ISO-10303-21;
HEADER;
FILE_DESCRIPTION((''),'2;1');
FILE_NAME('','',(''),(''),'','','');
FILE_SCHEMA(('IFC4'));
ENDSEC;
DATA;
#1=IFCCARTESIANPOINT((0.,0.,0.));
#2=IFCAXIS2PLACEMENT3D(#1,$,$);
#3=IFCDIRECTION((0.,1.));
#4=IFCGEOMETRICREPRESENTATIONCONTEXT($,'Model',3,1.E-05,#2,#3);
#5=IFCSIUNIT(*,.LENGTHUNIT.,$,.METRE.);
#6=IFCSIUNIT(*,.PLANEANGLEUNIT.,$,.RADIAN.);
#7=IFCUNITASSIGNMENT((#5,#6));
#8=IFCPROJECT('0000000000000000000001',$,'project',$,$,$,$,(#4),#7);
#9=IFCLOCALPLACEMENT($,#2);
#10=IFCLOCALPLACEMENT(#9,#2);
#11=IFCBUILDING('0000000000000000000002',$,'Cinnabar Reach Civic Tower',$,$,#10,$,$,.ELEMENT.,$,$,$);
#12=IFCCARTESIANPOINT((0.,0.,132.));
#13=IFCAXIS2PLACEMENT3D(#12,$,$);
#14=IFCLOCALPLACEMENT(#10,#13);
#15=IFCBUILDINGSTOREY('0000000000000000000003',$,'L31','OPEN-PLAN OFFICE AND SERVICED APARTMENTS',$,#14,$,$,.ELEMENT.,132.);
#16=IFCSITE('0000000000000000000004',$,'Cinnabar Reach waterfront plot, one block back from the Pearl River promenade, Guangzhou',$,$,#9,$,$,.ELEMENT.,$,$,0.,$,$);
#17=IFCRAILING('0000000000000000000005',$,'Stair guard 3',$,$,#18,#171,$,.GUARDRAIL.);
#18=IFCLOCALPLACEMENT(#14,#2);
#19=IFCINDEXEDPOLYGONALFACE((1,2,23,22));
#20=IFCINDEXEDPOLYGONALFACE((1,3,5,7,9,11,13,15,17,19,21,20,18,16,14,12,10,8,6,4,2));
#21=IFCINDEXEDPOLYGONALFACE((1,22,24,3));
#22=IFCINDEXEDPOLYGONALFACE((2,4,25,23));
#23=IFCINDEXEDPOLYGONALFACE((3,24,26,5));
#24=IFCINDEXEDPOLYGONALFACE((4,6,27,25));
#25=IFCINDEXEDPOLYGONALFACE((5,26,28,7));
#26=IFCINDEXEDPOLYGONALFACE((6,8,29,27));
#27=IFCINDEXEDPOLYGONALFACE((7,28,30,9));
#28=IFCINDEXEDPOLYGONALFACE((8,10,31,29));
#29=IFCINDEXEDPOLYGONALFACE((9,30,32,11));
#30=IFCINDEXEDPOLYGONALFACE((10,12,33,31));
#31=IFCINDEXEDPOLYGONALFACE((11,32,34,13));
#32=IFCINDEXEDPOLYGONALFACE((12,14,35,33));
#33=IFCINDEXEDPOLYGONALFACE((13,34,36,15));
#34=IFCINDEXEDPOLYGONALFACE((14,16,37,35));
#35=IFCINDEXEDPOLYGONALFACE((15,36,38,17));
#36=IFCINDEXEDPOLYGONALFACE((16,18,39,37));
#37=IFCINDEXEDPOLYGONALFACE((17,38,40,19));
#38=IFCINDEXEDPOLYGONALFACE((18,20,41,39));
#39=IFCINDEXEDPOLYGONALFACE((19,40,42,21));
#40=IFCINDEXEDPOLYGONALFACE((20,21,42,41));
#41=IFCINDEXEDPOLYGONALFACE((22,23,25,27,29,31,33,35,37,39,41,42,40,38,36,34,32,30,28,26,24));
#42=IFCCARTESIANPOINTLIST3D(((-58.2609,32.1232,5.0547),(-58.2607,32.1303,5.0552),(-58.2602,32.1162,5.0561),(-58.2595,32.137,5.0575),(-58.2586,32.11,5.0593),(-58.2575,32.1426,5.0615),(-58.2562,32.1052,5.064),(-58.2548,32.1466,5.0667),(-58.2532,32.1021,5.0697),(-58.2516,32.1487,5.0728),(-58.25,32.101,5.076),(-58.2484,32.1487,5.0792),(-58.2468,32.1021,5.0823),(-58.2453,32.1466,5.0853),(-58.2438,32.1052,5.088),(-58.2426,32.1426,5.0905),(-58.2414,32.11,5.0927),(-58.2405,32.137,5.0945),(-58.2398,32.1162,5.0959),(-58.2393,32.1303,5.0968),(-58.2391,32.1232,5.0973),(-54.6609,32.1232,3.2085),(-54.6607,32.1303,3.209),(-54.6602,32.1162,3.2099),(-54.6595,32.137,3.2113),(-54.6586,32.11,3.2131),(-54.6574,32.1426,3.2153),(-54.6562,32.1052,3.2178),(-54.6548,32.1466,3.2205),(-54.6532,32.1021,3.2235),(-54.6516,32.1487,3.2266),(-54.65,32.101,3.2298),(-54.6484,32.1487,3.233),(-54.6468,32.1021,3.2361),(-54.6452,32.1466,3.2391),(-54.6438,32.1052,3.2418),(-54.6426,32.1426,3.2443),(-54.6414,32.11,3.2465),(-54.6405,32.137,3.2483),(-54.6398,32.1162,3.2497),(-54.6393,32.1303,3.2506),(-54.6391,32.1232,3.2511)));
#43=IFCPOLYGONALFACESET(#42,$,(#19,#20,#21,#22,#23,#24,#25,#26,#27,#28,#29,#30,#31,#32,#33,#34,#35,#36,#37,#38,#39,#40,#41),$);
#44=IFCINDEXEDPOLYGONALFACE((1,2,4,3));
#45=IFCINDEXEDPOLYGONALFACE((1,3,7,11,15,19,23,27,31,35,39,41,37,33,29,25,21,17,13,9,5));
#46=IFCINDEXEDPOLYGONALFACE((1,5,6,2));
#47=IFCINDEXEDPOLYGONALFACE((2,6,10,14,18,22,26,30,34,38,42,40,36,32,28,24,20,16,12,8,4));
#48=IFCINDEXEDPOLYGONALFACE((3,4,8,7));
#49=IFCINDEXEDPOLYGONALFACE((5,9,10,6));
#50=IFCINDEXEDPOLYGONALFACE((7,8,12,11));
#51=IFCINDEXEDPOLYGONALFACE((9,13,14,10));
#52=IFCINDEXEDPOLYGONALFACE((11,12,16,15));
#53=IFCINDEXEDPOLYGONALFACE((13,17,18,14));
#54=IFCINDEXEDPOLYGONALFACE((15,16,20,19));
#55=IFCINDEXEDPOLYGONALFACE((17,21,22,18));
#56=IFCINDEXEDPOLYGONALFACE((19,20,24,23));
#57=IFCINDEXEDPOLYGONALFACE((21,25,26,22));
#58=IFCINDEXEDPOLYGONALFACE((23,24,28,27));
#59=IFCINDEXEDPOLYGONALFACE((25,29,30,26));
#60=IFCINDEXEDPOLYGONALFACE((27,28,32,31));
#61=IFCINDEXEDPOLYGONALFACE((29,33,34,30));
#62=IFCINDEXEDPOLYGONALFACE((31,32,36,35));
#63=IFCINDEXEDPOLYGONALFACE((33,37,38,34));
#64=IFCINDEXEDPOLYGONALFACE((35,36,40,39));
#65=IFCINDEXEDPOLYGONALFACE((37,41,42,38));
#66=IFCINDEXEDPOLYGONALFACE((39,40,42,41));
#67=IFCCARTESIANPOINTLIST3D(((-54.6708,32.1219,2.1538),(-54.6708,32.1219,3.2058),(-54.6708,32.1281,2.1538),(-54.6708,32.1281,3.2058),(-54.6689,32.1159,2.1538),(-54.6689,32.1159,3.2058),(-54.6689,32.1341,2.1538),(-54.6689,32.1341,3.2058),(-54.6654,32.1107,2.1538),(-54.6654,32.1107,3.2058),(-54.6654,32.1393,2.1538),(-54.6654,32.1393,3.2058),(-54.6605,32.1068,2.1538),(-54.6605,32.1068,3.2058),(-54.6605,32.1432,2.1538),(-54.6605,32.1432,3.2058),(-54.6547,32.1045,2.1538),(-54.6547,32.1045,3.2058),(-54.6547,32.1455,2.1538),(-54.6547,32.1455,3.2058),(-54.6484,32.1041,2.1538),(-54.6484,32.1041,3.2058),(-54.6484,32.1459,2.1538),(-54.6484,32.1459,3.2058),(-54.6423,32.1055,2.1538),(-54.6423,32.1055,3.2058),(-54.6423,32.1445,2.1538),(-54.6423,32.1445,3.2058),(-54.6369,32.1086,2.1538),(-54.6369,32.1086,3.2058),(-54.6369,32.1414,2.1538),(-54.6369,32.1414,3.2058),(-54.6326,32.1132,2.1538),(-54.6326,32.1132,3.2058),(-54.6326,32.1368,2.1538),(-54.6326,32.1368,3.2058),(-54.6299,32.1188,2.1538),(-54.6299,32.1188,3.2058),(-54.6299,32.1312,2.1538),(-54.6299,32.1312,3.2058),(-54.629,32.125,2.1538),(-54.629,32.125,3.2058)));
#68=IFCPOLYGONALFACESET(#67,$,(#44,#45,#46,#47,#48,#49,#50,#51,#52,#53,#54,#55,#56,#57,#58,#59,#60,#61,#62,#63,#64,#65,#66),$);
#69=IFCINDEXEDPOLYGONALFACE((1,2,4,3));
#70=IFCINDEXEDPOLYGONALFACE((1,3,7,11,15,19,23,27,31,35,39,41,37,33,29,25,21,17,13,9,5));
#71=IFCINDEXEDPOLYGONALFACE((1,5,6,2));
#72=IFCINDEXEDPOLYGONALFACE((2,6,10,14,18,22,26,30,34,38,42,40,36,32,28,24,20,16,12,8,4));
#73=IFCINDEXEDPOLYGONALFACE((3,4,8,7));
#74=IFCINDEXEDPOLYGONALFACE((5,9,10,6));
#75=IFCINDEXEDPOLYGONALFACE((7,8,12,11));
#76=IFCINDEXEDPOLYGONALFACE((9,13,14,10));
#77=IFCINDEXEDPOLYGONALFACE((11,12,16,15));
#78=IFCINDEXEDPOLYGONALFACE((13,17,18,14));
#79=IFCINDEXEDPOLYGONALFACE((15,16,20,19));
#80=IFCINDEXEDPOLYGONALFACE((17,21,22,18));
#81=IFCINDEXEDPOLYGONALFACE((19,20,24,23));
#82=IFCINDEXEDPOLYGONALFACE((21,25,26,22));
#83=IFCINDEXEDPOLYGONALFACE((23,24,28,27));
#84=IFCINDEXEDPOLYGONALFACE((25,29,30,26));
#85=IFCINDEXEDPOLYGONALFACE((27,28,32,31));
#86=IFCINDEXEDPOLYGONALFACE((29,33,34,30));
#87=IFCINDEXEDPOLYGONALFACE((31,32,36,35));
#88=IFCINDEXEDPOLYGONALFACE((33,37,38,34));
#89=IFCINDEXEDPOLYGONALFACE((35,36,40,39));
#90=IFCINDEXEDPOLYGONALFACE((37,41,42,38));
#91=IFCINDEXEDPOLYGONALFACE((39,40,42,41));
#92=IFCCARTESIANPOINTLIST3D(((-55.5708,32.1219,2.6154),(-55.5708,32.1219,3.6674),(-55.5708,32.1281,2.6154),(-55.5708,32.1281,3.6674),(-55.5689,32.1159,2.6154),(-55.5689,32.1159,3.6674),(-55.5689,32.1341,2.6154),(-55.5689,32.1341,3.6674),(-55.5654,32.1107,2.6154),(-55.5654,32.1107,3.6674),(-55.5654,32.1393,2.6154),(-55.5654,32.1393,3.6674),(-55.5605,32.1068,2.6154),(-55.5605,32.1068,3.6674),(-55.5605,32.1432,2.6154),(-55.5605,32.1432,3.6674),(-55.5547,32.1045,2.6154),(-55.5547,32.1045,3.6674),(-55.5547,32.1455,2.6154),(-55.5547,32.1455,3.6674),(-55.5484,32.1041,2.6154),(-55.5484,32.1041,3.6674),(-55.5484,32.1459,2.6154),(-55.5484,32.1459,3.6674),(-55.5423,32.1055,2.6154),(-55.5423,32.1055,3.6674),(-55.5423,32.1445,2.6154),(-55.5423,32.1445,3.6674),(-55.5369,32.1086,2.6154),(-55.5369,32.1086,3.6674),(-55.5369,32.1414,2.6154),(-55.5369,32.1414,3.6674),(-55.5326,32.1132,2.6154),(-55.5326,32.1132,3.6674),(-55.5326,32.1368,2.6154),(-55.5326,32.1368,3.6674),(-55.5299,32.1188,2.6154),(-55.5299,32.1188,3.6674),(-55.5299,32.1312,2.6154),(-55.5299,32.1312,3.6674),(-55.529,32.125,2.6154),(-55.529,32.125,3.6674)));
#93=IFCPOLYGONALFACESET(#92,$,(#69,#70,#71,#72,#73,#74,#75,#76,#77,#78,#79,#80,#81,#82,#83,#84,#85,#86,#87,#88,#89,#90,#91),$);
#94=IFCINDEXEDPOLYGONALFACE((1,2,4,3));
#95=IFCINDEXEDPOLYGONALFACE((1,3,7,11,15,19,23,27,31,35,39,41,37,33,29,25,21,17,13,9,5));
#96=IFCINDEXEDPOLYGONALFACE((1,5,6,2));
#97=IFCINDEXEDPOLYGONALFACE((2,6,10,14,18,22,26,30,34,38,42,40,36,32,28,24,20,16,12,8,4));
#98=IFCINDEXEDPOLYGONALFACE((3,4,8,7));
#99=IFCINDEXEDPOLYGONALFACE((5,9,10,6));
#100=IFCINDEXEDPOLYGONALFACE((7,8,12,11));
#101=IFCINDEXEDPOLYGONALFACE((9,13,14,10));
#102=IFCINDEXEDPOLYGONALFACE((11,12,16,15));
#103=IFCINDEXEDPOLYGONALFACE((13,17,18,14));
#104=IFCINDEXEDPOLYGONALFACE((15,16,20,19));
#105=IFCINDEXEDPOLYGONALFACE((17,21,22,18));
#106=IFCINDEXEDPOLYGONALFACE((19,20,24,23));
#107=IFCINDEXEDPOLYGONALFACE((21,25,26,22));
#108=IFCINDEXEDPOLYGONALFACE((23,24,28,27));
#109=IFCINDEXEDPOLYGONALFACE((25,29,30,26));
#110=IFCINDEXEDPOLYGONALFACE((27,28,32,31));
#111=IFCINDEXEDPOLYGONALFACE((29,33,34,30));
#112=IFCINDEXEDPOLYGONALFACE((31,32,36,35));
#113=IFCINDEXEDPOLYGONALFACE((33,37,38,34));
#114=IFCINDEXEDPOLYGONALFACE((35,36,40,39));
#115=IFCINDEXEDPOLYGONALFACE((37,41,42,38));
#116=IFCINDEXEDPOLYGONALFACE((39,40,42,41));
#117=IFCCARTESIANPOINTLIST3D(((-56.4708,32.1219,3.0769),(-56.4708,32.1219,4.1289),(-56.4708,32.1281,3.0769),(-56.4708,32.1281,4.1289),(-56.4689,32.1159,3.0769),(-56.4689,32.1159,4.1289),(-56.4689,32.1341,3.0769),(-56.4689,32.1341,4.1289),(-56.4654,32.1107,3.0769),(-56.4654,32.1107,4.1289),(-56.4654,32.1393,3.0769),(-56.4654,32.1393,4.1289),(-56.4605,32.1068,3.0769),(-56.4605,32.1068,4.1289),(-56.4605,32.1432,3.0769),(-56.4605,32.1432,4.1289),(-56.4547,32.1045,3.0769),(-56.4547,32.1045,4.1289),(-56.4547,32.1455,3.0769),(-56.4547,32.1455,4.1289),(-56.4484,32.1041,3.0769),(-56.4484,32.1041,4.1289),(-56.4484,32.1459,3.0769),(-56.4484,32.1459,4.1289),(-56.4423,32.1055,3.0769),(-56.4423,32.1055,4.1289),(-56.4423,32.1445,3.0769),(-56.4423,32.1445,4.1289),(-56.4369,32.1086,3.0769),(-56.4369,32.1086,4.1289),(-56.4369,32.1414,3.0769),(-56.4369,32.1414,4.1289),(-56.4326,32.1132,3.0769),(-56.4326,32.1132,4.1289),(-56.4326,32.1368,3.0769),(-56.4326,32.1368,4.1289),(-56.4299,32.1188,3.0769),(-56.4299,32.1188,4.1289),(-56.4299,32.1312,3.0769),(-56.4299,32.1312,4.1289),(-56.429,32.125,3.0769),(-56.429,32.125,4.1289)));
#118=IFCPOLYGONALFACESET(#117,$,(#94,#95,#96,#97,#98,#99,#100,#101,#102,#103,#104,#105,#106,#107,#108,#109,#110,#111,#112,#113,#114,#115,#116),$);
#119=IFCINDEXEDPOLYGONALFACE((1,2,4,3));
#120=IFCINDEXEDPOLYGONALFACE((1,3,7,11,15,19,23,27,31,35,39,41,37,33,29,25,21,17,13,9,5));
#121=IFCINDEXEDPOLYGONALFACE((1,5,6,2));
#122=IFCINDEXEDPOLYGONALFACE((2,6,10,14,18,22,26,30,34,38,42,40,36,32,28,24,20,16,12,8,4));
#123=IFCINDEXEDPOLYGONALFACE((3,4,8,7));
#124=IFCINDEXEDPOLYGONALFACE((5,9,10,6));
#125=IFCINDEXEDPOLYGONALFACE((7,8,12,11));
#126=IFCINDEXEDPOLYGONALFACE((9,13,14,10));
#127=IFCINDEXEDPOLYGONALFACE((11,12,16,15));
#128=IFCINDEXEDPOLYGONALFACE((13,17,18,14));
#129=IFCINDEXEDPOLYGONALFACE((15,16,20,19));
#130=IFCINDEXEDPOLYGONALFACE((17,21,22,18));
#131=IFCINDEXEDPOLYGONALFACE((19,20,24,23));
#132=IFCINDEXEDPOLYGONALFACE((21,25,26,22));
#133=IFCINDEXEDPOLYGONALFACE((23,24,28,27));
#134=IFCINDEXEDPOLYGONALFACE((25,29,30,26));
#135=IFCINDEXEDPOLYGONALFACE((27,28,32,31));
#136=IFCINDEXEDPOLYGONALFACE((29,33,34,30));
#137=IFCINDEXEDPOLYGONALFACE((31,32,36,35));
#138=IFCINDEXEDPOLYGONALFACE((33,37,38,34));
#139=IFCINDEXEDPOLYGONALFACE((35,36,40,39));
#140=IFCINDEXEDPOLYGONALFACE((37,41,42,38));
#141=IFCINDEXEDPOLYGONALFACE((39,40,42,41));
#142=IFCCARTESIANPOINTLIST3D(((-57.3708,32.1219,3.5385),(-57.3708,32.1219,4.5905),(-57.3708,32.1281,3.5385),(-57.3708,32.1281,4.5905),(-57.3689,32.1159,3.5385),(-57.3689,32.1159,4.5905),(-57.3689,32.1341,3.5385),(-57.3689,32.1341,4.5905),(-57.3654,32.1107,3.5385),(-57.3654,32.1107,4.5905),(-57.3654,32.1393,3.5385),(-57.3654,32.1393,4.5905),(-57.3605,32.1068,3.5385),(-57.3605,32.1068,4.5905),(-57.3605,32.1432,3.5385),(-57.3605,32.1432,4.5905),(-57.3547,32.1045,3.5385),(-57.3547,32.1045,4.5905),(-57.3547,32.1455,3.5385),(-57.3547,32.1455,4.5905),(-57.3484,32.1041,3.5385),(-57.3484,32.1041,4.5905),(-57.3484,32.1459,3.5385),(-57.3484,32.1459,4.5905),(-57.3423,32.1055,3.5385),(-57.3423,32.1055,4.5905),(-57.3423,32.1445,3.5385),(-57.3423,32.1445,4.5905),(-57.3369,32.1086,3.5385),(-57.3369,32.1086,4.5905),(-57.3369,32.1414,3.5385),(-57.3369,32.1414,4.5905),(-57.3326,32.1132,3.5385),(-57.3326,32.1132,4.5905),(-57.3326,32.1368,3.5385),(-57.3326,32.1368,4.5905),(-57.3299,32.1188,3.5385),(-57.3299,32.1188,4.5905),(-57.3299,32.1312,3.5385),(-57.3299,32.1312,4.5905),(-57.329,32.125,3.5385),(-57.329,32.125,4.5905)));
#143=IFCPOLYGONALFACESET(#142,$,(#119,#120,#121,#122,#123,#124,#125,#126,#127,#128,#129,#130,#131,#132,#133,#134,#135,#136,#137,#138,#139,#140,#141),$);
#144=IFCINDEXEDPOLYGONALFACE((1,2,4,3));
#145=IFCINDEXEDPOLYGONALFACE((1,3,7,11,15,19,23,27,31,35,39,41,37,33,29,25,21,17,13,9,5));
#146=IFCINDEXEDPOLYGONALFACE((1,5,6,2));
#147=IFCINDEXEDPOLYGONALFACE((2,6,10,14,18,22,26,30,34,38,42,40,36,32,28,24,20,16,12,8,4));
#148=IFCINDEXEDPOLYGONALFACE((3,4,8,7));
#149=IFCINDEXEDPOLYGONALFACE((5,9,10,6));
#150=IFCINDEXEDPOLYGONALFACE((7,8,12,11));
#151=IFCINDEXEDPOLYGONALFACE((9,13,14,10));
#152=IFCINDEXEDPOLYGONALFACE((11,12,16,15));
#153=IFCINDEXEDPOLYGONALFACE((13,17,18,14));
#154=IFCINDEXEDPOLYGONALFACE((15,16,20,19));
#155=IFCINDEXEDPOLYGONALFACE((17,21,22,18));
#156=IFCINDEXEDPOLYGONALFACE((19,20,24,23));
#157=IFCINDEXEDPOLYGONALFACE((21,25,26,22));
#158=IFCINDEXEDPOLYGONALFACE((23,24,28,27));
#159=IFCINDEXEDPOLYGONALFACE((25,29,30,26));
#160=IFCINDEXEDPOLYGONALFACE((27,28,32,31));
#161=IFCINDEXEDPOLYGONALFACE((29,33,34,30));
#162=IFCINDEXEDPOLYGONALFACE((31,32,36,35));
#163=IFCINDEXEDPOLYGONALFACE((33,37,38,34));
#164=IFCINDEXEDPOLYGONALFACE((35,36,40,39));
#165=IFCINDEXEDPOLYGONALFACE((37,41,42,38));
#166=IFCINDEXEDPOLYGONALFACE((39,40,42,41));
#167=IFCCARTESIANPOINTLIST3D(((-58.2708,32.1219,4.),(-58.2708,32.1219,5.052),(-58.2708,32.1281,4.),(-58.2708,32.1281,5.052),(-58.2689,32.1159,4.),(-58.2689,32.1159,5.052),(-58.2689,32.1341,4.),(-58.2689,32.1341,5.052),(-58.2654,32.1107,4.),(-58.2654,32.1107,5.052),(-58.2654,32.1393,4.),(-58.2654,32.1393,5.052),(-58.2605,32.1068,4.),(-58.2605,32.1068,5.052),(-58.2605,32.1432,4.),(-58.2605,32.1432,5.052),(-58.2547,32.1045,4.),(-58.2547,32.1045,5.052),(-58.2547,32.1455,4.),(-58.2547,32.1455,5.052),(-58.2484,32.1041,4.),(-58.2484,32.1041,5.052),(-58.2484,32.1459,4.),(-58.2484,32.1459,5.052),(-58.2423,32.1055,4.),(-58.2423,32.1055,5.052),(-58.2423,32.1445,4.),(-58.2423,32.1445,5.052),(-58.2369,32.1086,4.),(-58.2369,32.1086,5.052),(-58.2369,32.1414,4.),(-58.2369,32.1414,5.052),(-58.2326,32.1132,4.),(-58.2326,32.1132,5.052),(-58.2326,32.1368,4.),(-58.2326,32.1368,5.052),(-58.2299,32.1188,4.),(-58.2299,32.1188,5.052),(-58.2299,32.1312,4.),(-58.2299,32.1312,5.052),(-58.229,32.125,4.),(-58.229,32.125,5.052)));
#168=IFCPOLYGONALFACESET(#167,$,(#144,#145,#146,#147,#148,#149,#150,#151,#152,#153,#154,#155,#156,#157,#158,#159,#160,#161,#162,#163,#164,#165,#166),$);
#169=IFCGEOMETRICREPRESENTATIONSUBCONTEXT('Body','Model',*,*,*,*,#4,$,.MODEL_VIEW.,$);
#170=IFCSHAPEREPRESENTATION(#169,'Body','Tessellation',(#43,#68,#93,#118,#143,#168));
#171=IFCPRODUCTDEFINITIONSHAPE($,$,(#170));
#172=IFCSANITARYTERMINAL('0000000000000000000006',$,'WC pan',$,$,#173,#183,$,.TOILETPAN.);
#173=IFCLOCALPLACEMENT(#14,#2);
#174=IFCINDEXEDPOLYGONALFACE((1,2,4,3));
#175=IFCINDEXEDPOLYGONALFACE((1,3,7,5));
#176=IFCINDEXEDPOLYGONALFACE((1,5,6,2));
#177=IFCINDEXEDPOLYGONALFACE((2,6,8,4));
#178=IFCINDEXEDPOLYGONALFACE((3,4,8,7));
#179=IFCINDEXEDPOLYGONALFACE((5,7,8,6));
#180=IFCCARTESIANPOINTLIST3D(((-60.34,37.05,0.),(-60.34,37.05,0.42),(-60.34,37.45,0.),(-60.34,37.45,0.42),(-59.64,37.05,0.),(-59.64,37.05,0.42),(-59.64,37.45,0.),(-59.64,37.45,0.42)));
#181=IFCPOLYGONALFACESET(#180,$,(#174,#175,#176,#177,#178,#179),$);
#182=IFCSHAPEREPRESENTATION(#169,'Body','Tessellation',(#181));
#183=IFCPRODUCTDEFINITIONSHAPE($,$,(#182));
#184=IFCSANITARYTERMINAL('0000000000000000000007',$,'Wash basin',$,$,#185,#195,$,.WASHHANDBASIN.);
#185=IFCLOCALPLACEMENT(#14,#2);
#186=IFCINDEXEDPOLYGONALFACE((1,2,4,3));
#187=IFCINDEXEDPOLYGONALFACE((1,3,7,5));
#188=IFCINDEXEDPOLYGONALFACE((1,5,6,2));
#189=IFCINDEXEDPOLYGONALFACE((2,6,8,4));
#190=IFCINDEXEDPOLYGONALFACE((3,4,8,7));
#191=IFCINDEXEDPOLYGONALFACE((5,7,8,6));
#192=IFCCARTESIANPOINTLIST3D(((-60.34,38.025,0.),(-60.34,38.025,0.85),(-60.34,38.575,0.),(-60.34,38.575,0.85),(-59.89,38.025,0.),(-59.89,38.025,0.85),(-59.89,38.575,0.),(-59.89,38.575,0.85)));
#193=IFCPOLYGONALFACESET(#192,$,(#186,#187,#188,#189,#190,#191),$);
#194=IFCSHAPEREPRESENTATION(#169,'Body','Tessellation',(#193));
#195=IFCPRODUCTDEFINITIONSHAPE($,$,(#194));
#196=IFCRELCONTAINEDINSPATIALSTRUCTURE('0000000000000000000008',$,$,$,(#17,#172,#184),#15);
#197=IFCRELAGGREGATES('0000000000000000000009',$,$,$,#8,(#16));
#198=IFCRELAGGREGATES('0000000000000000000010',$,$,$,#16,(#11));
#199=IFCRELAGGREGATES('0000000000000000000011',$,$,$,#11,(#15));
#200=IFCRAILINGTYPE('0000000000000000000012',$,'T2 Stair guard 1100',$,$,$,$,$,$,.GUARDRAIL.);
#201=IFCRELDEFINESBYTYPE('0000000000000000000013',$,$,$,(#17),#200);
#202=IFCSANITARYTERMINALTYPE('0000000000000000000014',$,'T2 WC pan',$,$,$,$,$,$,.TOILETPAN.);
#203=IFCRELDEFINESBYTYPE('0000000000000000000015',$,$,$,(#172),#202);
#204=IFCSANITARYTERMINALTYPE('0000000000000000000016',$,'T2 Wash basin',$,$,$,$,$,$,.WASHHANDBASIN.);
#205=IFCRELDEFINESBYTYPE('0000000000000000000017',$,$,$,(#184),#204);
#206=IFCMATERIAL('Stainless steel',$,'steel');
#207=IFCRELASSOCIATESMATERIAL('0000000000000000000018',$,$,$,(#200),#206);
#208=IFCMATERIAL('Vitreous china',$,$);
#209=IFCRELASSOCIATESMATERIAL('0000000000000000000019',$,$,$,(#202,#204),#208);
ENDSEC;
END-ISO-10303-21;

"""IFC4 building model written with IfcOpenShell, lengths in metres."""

from ifc_helpers import new_model, si_unit, direction, frame, origin, origin_2d, place, context, subcontext, project, spatial, rectangle, circle, extrude, material, type_object, element, save


model = new_model("IFC4")

# Units and contexts
model_context = context("Model", 3, precision=1e-05, world=origin(), true_north=direction((0.0, 1.0)))
body_context = subcontext(model_context, "Body", "Model", "MODEL_VIEW")
ifc_project = project(units=[si_unit("LENGTHUNIT", "METRE"), si_unit("PLANEANGLEUNIT", "RADIAN")], contexts=[model_context])

# Site, building, storey
site_placement = place(None, origin())
site = spatial("IfcSite", under=ifc_project, at=site_placement, Name="Cinnabar Reach waterfront plot, one block back from the Pearl River promenade, Guangzhou", CompositionType="ELEMENT", RefElevation=0.0)
building_placement = place(site_placement, origin())
building = spatial("IfcBuilding", under=site, at=building_placement, Name="Cinnabar Reach Civic Tower", CompositionType="ELEMENT")
storey_placement = place(building_placement, frame((0.0, 0.0, 132.0)))
storey = spatial("IfcBuildingStorey", under=building, at=storey_placement, Name="L31", Description="OPEN-PLAN OFFICE AND SERVICED APARTMENTS", CompositionType="ELEMENT", Elevation=132.0)

# Railing
ifc_material_1 = material(Name="Stainless steel", Category="steel")
railing_type = type_object("IfcRailingType", Name="T2 Stair guard 1100", PredefinedType="GUARDRAIL", material=ifc_material_1)
railing_1_placement = place(storey_placement, frame((-54.65, 32.125, 2.1538)))
element("IfcRailing", 1, at=railing_1_placement, inside=storey, type_object=railing_type, Name="Stair guard 3", PredefinedType="GUARDRAIL", context=body_context, shape_type="SweptSolid", body=[
    extrude(circle(Radius=0.024, at=origin_2d()), frame((0.0, 0.0, 1.076), z_axis=(-0.889813, 0.0, 0.456326), x_axis=(0.0, -1.0, 0.0)), (0.0, 0.0, 1.0), 4.0458),
    extrude(circle(Radius=0.021, at=origin_2d()), origin(), (0.0, 0.0, 1.0), 1.052),
    extrude(circle(Radius=0.021, at=origin_2d()), frame((-0.9, 0.0, 0.4616)), (0.0, 0.0, 1.0), 1.052),
    extrude(circle(Radius=0.021, at=origin_2d()), frame((-1.8, 0.0, 0.9231)), (0.0, 0.0, 1.0), 1.052),
    extrude(circle(Radius=0.021, at=origin_2d()), frame((-2.7, 0.0, 1.3847)), (0.0, 0.0, 1.0), 1.052),
    extrude(circle(Radius=0.021, at=origin_2d()), frame((-3.6, 0.0, 1.8462)), (0.0, 0.0, 1.0), 1.052),
])

# Sanitary terminals
ifc_material_2 = material(Name="Vitreous china")
sanitary_terminal_type_1 = type_object("IfcSanitaryTerminalType", Name="T2 WC pan", PredefinedType="TOILETPAN", material=ifc_material_2)
sanitary_terminal_1_placement = place(storey_placement, frame((-59.99, 37.25, 0.0), z_axis=(0.0, 0.0, 1.0), x_axis=(1.0, 0.0, 0.0)))
element("IfcSanitaryTerminal", 2, at=sanitary_terminal_1_placement, inside=storey, type_object=sanitary_terminal_type_1, Name="WC pan", PredefinedType="TOILETPAN", context=body_context, shape_type="SweptSolid", body=[
    extrude(rectangle(XDim=0.7, YDim=0.4, at=origin_2d()), origin(), (0.0, 0.0, 1.0), 0.42),
])
sanitary_terminal_type_2 = type_object("IfcSanitaryTerminalType", Name="T2 Wash basin", PredefinedType="WASHHANDBASIN", material=ifc_material_2)
sanitary_terminal_2_placement = place(storey_placement, frame((-60.115, 38.3, 0.0), z_axis=(0.0, 0.0, 1.0), x_axis=(1.0, 0.0, 0.0)))
element("IfcSanitaryTerminal", 3, at=sanitary_terminal_2_placement, inside=storey, type_object=sanitary_terminal_type_2, Name="Wash basin", PredefinedType="WASHHANDBASIN", context=body_context, shape_type="SweptSolid", body=[
    extrude(rectangle(XDim=0.45, YDim=0.55, at=origin_2d()), origin(), (0.0, 0.0, 1.0), 0.85),
])

save(model, "model.ifc")
